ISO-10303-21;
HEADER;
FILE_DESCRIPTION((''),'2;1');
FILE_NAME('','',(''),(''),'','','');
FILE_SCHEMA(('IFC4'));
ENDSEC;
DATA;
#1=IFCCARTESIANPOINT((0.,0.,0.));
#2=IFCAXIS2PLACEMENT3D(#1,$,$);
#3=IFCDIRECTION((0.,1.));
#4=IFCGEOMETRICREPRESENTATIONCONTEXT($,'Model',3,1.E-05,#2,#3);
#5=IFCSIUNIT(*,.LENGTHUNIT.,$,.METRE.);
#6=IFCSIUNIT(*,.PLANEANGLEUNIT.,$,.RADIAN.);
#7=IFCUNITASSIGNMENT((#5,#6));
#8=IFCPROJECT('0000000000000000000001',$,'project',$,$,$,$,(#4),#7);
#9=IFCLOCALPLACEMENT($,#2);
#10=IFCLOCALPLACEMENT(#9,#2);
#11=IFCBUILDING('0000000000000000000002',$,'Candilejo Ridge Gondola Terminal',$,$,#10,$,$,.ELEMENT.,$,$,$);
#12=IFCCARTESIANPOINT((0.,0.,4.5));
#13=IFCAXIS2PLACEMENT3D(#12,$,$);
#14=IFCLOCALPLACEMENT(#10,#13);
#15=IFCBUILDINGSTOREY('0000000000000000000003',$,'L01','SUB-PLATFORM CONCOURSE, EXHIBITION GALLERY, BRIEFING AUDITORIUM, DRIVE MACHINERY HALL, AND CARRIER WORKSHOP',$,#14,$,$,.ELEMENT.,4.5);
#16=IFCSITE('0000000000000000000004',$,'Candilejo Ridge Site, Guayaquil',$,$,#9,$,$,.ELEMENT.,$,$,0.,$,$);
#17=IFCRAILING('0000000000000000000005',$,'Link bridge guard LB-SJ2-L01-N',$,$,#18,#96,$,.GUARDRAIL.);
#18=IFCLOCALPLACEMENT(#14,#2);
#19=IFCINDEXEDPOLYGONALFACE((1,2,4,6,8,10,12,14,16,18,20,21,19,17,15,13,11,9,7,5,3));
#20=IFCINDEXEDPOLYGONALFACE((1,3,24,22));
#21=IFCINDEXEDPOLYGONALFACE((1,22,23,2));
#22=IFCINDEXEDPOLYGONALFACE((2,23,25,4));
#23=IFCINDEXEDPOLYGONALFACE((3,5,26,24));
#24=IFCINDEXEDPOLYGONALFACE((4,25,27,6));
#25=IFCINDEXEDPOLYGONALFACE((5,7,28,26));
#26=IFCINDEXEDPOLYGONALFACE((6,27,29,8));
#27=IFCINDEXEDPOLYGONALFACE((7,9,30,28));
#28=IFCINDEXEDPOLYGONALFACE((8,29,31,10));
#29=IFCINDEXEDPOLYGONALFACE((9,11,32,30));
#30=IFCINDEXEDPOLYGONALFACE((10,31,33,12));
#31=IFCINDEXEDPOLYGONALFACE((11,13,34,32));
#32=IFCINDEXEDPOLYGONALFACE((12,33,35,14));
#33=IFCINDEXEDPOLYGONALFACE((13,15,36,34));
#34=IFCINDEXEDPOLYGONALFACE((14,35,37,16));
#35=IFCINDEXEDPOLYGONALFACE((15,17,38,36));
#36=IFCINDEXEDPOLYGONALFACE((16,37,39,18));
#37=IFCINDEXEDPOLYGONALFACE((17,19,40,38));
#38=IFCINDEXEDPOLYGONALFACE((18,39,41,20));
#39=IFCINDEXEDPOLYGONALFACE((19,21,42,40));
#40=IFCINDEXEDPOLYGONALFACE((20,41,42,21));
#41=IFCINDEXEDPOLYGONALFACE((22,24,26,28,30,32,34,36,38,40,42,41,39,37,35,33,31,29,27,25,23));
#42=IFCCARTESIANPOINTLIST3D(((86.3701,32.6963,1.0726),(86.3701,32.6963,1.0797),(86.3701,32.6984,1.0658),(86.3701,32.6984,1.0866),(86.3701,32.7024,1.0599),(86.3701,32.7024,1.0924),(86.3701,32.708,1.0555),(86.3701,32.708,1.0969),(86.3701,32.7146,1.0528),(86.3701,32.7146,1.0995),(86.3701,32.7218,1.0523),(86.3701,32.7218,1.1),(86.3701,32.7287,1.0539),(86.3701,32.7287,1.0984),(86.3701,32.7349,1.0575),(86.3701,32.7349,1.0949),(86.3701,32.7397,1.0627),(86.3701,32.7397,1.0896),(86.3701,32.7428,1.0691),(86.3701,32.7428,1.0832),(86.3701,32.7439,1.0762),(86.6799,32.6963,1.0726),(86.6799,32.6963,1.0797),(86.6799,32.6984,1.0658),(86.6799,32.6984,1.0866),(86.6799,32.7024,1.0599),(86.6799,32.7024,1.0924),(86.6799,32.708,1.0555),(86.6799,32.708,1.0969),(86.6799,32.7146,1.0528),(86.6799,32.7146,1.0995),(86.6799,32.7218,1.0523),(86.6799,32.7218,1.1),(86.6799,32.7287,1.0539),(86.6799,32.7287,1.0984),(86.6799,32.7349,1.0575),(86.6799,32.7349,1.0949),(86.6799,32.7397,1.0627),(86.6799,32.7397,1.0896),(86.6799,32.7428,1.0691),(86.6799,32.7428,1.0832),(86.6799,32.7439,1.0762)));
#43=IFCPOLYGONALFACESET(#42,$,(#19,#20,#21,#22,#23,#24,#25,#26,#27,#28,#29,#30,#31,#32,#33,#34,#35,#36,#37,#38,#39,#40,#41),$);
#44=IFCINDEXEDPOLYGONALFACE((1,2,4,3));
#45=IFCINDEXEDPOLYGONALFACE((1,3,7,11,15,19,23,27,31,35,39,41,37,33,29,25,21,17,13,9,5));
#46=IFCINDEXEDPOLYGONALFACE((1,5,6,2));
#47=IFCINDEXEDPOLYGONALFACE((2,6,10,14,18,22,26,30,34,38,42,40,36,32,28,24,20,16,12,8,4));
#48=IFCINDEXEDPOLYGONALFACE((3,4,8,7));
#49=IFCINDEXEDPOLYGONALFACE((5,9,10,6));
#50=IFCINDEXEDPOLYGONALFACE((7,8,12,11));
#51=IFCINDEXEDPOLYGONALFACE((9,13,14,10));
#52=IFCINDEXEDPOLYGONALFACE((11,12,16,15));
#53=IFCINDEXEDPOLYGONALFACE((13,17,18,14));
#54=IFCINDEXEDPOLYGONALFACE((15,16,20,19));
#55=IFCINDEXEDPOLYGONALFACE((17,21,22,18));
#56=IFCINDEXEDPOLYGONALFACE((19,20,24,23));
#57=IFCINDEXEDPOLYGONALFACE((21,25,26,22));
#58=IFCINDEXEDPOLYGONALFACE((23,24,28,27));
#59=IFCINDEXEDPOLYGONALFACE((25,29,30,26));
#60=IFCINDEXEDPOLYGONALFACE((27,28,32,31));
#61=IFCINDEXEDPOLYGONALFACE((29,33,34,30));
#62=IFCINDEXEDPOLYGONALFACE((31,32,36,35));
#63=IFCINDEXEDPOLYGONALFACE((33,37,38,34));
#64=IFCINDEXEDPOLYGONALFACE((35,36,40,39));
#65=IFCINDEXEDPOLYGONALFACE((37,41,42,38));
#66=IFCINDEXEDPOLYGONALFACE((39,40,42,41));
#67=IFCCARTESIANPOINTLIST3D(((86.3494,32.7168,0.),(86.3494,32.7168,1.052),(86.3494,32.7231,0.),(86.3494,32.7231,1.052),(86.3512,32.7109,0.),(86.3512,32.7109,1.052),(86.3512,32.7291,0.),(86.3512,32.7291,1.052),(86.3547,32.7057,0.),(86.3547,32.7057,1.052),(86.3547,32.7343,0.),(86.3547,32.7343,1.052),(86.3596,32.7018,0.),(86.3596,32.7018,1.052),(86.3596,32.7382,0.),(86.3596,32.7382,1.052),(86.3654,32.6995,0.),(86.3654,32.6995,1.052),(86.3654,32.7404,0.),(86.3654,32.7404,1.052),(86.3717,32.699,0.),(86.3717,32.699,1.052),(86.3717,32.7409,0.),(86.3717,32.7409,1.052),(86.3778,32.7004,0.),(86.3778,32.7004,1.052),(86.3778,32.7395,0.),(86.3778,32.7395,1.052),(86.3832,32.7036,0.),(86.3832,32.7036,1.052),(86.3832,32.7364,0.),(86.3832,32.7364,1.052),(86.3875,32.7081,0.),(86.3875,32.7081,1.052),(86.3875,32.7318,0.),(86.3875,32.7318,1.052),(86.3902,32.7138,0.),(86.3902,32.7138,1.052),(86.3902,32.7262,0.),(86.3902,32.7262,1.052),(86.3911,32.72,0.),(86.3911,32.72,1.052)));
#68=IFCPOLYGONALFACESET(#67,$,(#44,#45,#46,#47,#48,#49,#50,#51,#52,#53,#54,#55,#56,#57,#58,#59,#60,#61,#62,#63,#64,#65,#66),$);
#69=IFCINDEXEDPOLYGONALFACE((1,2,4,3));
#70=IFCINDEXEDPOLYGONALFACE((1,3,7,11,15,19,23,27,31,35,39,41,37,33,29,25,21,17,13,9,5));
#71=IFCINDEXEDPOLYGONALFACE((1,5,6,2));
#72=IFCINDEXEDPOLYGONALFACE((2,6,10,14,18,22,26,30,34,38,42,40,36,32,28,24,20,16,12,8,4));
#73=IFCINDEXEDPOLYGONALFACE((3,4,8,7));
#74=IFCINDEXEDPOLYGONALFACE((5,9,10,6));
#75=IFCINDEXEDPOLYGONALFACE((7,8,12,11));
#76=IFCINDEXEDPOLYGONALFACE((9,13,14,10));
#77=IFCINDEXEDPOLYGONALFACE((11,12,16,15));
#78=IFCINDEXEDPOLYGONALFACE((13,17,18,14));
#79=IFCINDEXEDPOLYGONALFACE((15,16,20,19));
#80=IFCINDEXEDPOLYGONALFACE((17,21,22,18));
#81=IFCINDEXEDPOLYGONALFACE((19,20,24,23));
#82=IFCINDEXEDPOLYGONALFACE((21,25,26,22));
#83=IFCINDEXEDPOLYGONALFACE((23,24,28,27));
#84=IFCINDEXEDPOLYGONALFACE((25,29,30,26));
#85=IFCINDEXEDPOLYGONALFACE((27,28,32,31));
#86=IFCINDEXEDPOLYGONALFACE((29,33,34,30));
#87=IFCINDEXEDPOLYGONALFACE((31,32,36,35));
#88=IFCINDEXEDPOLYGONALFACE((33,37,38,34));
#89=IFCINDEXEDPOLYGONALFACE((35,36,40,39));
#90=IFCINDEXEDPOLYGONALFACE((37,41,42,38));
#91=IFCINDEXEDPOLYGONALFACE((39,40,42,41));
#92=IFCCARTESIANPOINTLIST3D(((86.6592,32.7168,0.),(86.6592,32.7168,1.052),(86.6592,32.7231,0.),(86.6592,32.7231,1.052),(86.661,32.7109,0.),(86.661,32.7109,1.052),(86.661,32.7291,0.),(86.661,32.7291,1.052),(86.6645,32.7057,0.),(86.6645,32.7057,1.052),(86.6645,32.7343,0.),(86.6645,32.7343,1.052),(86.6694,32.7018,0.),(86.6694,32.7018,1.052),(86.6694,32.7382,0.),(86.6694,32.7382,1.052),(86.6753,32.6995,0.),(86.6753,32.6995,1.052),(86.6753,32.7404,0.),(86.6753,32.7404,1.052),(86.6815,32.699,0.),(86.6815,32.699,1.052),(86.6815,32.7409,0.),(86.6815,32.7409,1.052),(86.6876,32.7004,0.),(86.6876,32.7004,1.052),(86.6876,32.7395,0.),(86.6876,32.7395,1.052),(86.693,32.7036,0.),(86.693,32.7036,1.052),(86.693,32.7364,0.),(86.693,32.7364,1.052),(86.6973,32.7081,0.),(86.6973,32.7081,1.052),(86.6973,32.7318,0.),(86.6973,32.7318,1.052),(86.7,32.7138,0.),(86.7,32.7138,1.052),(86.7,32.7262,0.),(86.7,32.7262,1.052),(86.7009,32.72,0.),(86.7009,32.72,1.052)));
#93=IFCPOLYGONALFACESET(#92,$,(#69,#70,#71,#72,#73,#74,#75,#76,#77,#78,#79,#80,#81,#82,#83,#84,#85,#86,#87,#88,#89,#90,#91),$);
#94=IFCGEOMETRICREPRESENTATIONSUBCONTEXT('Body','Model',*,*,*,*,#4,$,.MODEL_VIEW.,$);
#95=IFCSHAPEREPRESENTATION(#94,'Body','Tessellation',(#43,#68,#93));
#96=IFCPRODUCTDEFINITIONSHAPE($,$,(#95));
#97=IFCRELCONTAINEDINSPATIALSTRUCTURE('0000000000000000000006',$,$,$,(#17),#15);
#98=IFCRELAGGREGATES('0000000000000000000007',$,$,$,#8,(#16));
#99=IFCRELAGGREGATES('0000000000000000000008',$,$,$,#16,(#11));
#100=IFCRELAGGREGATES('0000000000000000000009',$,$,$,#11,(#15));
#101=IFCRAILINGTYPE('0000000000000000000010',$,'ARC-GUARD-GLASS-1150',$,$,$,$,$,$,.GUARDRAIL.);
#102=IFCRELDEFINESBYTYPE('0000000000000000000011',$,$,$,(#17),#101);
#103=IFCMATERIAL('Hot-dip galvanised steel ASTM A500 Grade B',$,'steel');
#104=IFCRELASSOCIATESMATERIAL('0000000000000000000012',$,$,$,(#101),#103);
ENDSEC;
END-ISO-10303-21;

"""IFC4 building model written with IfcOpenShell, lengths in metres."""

from ifc_helpers import new_model, si_unit, direction, frame, origin, origin_2d, place, context, subcontext, project, spatial, circle, extrude, material, type_object, element, save


model = new_model("IFC4")

# Units and contexts
model_context = context("Model", 3, precision=1e-05, world=origin(), true_north=direction((0.0, 1.0)))
body_context = subcontext(model_context, "Body", "Model", "MODEL_VIEW")
ifc_project = project(units=[si_unit("LENGTHUNIT", "METRE"), si_unit("PLANEANGLEUNIT", "RADIAN")], contexts=[model_context])

# Site, building, storey
site_placement = place(None, origin())
site = spatial("IfcSite", under=ifc_project, at=site_placement, Name="Candilejo Ridge Site, Guayaquil", CompositionType="ELEMENT", RefElevation=0.0)
building_placement = place(site_placement, origin())
building = spatial("IfcBuilding", under=site, at=building_placement, Name="Candilejo Ridge Gondola Terminal", CompositionType="ELEMENT")
storey_placement = place(building_placement, frame((0.0, 0.0, 4.5)))
storey = spatial("IfcBuildingStorey", under=building, at=storey_placement, Name="L01", Description="SUB-PLATFORM CONCOURSE, EXHIBITION GALLERY, BRIEFING AUDITORIUM, DRIVE MACHINERY HALL, AND CARRIER WORKSHOP", CompositionType="ELEMENT", Elevation=4.5)

# Railing
ifc_material_1 = material(Name="Hot-dip galvanised steel ASTM A500 Grade B", Category="steel")
railing_type_1 = type_object("IfcRailingType", Name="ARC-GUARD-GLASS-1150", PredefinedType="GUARDRAIL", material=ifc_material_1)
railing_1_placement = place(storey_placement, frame((86.3701, 32.72, 0.0)))
element("IfcRailing", 1, at=railing_1_placement, inside=storey, type_object=railing_type_1, Name="Link bridge guard LB-SJ2-L01-N", PredefinedType="GUARDRAIL", context=body_context, shape_type="SweptSolid", body=[
    extrude(circle(Radius=0.0239, at=origin_2d()), frame((0.0, 0.0, 1.0762), z_axis=(1.0, 0.0, 0.0), x_axis=(0.0, 1.0, 0.0)), (0.0, 0.0, 1.0), 0.3098),
    extrude(circle(Radius=0.021, at=origin_2d()), origin(), (0.0, 0.0, 1.0), 1.052),
    extrude(circle(Radius=0.021, at=origin_2d()), frame((0.3098, 0.0, 0.0)), (0.0, 0.0, 1.0), 1.052),
])

save(model, "model.ifc")
